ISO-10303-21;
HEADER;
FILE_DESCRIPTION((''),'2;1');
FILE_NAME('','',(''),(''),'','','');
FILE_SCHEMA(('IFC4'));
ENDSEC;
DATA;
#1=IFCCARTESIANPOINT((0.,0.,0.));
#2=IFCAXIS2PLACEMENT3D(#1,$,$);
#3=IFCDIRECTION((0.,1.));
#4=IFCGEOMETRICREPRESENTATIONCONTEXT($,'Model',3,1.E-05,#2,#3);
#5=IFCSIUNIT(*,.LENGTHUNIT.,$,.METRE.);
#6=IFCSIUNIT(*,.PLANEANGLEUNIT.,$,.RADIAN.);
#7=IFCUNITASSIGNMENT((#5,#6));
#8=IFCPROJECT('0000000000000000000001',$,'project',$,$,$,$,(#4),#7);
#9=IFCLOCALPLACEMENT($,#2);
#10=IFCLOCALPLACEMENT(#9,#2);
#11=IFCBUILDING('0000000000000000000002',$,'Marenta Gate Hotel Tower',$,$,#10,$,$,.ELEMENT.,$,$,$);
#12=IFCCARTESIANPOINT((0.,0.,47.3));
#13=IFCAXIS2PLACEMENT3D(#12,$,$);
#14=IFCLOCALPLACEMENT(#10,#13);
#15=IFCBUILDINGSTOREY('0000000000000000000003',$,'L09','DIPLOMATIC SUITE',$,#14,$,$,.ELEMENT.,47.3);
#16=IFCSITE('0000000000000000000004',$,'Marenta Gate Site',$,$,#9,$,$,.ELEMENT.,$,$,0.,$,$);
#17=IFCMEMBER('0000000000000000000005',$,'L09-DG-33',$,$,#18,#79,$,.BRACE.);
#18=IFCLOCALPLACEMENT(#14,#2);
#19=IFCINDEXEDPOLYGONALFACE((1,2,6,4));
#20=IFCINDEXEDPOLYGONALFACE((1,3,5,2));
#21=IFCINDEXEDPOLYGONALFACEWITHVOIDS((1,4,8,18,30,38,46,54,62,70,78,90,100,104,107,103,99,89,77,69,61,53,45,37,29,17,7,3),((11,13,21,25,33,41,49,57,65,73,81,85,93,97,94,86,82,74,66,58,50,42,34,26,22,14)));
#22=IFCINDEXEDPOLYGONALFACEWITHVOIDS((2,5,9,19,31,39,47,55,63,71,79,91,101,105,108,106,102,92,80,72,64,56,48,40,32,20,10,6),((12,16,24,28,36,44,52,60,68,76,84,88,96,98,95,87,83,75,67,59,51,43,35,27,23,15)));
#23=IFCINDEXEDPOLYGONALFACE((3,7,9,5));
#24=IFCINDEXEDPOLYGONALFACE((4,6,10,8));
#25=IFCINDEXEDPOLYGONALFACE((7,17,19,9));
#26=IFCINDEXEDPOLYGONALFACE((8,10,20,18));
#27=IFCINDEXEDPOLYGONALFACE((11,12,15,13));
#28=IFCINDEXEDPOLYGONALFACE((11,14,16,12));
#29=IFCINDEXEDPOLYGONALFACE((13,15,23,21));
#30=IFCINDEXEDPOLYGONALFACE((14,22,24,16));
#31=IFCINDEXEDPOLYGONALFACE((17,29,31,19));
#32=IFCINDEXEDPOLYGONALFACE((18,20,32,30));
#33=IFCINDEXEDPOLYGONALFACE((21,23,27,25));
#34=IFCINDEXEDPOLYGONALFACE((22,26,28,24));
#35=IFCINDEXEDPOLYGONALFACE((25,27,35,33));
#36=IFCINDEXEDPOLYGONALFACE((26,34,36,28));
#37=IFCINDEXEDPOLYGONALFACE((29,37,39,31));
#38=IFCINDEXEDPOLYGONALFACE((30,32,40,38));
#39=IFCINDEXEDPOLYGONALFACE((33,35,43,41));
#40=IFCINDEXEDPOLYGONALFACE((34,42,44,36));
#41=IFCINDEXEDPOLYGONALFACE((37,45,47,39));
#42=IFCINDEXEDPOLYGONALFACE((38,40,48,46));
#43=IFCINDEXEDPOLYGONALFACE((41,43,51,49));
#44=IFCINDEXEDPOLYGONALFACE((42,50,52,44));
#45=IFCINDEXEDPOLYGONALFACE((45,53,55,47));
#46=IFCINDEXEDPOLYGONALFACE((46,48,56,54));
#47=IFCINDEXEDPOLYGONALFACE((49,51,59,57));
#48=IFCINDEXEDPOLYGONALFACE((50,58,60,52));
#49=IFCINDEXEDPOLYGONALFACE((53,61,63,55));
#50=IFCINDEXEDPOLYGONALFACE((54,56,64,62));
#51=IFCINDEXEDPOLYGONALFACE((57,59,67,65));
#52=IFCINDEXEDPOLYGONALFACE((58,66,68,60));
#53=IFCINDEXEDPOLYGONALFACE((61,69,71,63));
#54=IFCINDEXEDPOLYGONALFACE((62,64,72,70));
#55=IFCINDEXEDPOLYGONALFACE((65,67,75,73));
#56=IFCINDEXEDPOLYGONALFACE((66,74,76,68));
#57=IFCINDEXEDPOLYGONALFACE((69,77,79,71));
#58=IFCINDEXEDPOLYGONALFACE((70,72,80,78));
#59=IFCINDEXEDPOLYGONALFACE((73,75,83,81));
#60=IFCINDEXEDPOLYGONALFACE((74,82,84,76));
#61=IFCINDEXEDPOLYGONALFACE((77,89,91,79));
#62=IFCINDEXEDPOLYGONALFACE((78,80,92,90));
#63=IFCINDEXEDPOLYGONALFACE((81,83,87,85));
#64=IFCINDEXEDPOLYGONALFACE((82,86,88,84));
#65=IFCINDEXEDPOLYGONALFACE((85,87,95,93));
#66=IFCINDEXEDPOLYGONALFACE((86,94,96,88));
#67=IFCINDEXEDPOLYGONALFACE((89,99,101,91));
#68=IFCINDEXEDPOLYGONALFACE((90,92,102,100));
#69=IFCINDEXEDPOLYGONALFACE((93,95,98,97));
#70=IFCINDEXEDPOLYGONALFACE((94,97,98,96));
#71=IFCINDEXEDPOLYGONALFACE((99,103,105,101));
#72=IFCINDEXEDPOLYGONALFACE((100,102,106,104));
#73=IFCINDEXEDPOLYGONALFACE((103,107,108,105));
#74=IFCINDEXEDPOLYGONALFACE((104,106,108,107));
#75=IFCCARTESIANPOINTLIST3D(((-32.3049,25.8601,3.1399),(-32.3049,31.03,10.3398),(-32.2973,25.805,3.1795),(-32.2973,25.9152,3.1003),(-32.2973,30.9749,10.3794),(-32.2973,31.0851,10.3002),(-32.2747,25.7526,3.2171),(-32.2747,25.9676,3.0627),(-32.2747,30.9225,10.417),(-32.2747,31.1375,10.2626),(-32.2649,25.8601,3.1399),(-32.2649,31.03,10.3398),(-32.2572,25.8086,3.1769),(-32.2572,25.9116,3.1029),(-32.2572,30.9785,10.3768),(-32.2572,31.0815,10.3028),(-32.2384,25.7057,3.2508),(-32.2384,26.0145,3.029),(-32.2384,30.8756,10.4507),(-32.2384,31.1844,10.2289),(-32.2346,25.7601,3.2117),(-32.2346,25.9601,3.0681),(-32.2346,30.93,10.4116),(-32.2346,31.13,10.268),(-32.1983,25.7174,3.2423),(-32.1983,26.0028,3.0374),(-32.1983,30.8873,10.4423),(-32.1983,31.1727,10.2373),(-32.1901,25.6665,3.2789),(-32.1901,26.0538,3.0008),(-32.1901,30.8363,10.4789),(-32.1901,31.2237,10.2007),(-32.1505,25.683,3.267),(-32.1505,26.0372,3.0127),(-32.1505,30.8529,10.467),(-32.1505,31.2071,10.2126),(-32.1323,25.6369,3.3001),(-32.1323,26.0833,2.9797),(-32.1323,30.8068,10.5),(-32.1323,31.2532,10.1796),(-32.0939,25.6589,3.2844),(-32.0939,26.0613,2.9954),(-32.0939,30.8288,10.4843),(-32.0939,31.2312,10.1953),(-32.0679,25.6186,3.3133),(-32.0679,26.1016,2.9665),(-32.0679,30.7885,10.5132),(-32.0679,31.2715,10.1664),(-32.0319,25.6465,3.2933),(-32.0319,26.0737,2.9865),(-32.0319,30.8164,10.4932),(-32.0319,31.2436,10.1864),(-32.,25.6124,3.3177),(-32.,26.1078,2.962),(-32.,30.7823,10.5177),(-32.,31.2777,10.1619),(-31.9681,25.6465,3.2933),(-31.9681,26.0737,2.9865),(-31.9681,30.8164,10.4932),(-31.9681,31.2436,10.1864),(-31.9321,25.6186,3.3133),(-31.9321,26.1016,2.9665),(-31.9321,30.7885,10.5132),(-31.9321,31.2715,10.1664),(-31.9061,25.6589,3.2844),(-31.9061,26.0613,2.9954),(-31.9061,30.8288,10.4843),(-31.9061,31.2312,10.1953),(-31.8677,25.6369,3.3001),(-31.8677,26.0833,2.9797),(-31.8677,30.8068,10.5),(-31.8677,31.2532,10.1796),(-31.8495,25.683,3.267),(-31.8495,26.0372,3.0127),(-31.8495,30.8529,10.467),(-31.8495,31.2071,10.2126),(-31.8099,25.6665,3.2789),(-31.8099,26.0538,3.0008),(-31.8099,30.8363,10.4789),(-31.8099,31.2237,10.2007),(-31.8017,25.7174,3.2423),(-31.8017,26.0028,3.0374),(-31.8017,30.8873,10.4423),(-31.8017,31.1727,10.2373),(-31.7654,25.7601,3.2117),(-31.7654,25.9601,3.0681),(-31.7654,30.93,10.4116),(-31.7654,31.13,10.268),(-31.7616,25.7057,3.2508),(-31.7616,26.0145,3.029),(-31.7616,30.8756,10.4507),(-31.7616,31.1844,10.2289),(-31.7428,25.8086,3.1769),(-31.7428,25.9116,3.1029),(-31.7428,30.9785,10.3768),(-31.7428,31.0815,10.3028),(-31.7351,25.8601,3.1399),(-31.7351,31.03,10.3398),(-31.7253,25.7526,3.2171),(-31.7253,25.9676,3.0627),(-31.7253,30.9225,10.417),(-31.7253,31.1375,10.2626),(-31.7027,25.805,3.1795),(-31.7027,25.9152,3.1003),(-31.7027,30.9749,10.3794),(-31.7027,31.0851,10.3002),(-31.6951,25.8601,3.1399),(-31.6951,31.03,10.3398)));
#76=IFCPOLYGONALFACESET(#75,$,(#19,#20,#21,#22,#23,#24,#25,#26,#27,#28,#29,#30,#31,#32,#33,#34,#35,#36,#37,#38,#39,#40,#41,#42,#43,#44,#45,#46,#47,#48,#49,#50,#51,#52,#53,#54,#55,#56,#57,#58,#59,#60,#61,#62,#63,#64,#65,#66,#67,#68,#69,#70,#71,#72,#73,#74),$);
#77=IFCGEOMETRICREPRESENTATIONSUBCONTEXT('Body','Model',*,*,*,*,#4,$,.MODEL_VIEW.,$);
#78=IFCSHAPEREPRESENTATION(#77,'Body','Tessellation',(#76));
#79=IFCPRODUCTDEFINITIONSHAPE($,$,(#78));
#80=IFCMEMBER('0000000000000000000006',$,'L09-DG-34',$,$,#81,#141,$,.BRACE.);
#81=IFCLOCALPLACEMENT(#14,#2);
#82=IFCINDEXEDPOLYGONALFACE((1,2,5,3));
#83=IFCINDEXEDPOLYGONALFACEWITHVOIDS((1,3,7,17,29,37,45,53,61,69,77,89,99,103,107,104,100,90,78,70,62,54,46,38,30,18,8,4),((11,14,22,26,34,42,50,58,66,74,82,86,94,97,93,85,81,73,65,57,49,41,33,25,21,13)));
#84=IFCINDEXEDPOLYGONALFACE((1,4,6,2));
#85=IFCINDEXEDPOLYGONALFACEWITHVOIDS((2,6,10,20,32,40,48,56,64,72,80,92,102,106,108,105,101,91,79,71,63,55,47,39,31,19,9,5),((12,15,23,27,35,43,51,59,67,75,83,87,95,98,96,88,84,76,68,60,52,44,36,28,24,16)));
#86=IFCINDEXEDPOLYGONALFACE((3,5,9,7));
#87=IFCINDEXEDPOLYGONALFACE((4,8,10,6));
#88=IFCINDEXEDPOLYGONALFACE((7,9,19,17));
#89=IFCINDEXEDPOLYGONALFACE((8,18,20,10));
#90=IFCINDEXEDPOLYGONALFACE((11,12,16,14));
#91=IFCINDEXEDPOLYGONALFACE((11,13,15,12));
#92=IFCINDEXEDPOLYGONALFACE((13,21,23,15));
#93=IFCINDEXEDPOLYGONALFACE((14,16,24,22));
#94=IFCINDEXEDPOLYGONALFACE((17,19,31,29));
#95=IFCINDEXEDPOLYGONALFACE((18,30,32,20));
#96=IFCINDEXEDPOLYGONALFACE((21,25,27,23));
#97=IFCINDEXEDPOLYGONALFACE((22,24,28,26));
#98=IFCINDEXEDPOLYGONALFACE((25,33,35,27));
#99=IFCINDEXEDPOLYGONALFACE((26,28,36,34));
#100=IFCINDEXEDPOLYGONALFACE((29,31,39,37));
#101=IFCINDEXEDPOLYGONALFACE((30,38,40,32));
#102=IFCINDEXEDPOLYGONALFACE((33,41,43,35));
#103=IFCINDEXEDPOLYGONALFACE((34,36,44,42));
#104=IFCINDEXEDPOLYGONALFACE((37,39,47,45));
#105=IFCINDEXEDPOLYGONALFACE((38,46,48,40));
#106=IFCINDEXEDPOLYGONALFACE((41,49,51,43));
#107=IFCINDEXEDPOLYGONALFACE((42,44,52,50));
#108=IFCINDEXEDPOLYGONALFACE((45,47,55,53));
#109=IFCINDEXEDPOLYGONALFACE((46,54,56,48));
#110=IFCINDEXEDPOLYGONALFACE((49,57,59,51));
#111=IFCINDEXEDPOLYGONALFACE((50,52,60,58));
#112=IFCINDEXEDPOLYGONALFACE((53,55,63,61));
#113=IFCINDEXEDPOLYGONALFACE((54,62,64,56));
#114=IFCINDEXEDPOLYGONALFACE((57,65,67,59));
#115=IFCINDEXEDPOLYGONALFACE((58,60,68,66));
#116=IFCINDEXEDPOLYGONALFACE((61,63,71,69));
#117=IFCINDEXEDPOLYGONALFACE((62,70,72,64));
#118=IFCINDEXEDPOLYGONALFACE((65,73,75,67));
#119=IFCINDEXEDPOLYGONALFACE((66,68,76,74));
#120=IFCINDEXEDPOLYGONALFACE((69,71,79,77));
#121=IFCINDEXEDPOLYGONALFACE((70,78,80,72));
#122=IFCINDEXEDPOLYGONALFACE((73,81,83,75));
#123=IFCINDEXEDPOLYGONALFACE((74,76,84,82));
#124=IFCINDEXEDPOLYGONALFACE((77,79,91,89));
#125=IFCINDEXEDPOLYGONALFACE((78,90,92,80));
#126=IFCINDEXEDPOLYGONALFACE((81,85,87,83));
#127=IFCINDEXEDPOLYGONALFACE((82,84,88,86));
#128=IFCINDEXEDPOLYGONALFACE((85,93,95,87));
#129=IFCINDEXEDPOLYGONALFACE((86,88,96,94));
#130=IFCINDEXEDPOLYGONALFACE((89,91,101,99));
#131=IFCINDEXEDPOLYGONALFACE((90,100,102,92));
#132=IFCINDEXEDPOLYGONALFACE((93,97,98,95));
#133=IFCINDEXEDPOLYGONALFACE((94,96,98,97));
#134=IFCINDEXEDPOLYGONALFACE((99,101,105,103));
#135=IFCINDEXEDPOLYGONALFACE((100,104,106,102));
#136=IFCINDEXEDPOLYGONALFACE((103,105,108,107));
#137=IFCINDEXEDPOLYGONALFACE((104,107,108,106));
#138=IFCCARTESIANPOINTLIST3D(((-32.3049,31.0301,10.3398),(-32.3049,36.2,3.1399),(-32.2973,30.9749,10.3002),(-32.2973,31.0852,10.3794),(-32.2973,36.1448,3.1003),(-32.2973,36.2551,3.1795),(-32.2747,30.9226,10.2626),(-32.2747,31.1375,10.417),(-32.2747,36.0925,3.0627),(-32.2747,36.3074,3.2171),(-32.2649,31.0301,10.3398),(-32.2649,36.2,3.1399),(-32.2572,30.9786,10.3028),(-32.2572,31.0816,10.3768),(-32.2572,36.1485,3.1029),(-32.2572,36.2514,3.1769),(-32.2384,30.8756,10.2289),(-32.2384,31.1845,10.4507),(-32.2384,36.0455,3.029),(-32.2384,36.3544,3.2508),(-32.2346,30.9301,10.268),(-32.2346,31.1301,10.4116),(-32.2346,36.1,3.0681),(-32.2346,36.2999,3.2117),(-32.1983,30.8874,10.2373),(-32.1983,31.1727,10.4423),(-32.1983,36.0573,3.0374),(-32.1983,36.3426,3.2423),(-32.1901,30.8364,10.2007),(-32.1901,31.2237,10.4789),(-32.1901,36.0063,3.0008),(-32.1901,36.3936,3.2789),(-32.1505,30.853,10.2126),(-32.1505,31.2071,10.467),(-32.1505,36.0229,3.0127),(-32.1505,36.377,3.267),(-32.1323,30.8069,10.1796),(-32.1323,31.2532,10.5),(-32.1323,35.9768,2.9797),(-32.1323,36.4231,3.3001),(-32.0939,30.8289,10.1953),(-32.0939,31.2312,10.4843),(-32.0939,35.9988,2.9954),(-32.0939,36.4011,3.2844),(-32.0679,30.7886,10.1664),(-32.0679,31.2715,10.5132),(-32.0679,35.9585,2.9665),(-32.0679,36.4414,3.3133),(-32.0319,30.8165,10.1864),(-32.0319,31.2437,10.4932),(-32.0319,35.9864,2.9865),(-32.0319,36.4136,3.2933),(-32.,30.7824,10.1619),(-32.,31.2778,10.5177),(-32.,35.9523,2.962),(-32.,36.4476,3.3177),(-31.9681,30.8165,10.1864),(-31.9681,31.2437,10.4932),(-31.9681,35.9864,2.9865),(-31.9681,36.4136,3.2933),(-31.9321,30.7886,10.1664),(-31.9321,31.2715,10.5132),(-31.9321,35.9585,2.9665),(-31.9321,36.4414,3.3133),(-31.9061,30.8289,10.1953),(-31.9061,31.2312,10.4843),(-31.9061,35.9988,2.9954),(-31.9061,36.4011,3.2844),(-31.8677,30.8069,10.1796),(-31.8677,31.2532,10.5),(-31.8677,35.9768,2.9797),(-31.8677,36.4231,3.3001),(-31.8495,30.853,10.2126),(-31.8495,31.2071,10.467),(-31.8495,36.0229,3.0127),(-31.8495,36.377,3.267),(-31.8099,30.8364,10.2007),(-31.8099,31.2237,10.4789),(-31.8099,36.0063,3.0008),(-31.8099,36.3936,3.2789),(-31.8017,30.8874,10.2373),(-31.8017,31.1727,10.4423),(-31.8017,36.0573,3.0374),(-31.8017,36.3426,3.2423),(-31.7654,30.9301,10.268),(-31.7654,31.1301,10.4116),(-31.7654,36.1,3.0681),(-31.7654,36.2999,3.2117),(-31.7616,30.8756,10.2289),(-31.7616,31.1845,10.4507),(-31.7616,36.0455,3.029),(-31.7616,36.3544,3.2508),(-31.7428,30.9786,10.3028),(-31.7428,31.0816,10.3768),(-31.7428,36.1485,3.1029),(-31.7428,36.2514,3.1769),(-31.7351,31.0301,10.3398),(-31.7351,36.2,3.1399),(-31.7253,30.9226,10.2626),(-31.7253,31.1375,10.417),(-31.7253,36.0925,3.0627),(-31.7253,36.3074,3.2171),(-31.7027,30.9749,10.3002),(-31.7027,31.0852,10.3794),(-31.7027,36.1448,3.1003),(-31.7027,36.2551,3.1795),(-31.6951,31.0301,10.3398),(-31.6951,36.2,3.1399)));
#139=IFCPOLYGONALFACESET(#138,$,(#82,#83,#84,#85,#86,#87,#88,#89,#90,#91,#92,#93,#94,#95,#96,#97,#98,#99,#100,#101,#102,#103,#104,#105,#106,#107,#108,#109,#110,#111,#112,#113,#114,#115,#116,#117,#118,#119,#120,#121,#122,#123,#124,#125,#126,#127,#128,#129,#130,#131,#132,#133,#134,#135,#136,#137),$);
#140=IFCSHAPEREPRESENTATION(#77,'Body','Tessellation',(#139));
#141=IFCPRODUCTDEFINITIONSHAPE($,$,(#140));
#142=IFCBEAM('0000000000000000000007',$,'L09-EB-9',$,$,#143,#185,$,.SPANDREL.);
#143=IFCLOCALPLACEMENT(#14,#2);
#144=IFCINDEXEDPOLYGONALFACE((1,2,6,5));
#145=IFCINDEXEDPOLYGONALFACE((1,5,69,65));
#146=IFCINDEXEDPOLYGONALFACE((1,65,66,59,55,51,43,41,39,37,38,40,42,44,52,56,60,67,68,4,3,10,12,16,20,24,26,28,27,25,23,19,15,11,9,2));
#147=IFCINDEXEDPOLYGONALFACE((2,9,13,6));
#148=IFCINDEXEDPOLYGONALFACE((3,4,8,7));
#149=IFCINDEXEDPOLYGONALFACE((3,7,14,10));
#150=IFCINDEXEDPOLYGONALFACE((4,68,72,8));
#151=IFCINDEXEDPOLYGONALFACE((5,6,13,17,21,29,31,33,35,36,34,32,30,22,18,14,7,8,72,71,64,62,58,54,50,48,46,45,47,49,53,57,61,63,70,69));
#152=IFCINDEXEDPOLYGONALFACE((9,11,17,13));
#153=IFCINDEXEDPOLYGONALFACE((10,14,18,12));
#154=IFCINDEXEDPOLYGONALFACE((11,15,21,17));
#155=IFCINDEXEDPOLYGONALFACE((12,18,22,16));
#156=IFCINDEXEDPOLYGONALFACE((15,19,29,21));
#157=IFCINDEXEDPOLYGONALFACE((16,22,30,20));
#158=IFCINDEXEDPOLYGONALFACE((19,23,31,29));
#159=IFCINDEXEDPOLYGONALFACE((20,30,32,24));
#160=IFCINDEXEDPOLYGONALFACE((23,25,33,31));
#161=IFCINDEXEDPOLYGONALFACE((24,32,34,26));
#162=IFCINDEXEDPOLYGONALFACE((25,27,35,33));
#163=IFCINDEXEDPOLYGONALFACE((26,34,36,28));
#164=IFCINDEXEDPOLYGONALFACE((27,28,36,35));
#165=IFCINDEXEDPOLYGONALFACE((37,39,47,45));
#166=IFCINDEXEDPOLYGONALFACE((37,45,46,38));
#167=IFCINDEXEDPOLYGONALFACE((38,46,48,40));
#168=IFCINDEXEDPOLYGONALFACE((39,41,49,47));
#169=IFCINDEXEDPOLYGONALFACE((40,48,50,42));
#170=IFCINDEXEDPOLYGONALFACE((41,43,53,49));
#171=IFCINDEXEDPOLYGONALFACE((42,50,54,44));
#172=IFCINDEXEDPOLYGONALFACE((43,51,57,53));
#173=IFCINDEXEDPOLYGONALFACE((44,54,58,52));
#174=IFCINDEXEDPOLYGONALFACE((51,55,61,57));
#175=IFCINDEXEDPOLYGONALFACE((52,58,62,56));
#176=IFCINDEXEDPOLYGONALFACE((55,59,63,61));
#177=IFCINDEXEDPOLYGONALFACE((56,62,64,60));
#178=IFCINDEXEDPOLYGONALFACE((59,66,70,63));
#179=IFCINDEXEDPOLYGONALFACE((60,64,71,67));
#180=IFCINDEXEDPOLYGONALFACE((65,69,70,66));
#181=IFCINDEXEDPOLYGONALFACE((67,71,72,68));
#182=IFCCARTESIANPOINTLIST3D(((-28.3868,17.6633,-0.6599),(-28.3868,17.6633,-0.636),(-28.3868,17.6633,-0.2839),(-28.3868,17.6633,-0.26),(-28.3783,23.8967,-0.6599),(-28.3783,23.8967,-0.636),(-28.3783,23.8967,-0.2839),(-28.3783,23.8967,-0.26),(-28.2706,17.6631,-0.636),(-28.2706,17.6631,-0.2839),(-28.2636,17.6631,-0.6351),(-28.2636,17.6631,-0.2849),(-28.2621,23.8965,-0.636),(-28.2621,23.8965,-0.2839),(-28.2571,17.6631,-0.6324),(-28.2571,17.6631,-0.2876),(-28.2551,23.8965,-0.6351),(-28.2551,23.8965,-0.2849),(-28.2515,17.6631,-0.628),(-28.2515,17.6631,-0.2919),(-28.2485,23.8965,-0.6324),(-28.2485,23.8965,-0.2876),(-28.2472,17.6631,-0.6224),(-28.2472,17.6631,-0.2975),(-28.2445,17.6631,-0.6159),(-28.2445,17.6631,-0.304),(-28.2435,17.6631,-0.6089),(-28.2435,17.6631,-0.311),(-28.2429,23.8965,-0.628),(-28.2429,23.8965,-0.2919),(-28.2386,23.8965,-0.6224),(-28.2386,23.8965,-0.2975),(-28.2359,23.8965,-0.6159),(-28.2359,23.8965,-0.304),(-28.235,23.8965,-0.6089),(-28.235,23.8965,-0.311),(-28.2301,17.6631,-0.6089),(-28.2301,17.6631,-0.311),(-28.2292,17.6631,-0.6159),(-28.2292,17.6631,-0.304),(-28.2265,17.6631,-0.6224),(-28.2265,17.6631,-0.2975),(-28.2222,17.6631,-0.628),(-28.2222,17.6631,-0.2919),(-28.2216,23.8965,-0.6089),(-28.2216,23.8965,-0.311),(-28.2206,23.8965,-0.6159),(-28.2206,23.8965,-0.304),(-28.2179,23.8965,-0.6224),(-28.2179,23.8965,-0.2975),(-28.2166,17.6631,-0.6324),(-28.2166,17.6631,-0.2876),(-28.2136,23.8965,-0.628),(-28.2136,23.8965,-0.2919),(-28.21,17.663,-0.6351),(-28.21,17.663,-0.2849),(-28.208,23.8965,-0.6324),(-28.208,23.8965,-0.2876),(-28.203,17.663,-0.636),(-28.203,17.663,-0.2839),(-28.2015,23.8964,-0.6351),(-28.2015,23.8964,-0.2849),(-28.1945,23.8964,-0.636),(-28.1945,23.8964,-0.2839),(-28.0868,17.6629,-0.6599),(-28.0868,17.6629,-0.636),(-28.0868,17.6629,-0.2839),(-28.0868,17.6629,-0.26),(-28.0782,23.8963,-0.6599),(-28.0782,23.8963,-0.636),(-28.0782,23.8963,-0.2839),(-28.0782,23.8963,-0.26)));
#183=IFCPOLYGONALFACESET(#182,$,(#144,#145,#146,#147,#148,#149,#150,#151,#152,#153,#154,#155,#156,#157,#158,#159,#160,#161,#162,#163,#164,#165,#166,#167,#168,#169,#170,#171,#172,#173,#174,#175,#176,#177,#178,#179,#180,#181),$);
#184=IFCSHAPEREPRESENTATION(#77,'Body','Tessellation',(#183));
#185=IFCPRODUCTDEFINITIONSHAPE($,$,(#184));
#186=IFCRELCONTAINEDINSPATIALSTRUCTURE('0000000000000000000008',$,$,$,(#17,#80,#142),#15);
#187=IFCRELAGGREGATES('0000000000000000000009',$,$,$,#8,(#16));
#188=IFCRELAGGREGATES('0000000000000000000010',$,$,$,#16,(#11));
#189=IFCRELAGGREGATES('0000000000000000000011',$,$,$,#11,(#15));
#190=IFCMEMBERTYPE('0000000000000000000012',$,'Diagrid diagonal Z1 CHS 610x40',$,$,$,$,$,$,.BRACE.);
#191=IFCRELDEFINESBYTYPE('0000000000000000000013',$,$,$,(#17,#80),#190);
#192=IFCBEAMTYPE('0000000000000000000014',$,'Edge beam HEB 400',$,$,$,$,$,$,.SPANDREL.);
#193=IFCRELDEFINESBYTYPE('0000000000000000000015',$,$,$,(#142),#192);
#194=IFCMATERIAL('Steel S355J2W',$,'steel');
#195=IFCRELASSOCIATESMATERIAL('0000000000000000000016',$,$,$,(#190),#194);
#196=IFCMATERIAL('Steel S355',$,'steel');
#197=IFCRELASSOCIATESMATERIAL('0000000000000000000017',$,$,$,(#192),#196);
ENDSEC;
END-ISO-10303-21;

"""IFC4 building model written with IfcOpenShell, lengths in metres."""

from ifc_helpers import new_model, si_unit, direction, frame, origin, origin_2d, place, context, subcontext, project, spatial, hollow_circle, i_section, extrude, material, material_profile, profile_set, type_object, element, save


model = new_model("IFC4")

# Units and contexts
model_context = context("Model", 3, precision=1e-05, world=origin(), true_north=direction((0.0, 1.0)))
body_context = subcontext(model_context, "Body", "Model", "MODEL_VIEW")
ifc_project = project(units=[si_unit("LENGTHUNIT", "METRE"), si_unit("PLANEANGLEUNIT", "RADIAN")], contexts=[model_context])

# Site, building, storey
site_placement = place(None, origin())
site = spatial("IfcSite", under=ifc_project, at=site_placement, Name="Marenta Gate Site", CompositionType="ELEMENT", RefElevation=0.0)
building_placement = place(site_placement, origin())
building = spatial("IfcBuilding", under=site, at=building_placement, Name="Marenta Gate Hotel Tower", CompositionType="ELEMENT")
storey_placement = place(building_placement, frame((0.0, 0.0, 47.3)))
storey = spatial("IfcBuildingStorey", under=building, at=storey_placement, Name="L09", Description="DIPLOMATIC SUITE", CompositionType="ELEMENT", Elevation=47.3)

# Members
ifc_material_1 = material(Name="Steel S355J2W", Category="steel")
ifc_material_profile_1 = material_profile(ifc_material_1, hollow_circle(Radius=0.3049, WallThickness=0.04, at=origin_2d()), Name="CHS 610x40")
ifc_profile_set_1 = profile_set([ifc_material_profile_1], Name="Steel S355J2W")
member_type_1 = type_object("IfcMemberType", Name="Diagrid diagonal Z1 CHS 610x40", PredefinedType="BRACE", material=ifc_profile_set_1)
for number, where, z_axis, x_axis, name in (
    (1, (-32.0, 25.8601, 3.1399), (0.0, 0.583261, 0.812285), (-1.0, 0.0, 0.0), "L09-DG-33"),
    (2, (-32.0, 36.2, 3.1399), (0.0, -0.583261, 0.812285), (1.0, 0.0, 0.0), "L09-DG-34"),
):
    element("IfcMember", number, at=place(storey_placement, frame(where, z_axis=z_axis, x_axis=x_axis)), inside=storey, type_object=member_type_1, Name=name, PredefinedType="BRACE", context=body_context, shape_type="SweptSolid", body=[
        extrude(hollow_circle(Radius=0.3049, WallThickness=0.04, at=origin_2d()), origin(), (0.0, 0.0, 1.0), 8.8638),
    ])

# Beam
ifc_material_2 = material(Name="Steel S355", Category="steel")
ifc_material_profile_2 = material_profile(ifc_material_2, i_section(OverallWidth=0.3, OverallDepth=0.3999, WebThickness=0.0134, FlangeThickness=0.0239, FilletRadius=0.0271, at=origin_2d()), Name="HEB 400")
ifc_profile_set_2 = profile_set([ifc_material_profile_2], Name="Steel S355")
beam_type_1 = type_object("IfcBeamType", Name="Edge beam HEB 400", PredefinedType="SPANDREL", material=ifc_profile_set_2)
beam_1_placement = place(storey_placement, frame((-28.2368, 17.6631, -0.46), z_axis=(0.001371, 0.999999, 0.0), x_axis=(-0.999999, 0.001371, 0.0)))
element("IfcBeam", 3, at=beam_1_placement, inside=storey, type_object=beam_type_1, Name="L09-EB-9", PredefinedType="SPANDREL", context=body_context, shape_type="SweptSolid", body=[
    extrude(i_section(OverallWidth=0.3, OverallDepth=0.3999, WebThickness=0.0134, FlangeThickness=0.0239, FilletRadius=0.0271, at=origin_2d()), origin(), (0.0, 0.0, 1.0), 6.2334),
])

save(model, "model.ifc")
